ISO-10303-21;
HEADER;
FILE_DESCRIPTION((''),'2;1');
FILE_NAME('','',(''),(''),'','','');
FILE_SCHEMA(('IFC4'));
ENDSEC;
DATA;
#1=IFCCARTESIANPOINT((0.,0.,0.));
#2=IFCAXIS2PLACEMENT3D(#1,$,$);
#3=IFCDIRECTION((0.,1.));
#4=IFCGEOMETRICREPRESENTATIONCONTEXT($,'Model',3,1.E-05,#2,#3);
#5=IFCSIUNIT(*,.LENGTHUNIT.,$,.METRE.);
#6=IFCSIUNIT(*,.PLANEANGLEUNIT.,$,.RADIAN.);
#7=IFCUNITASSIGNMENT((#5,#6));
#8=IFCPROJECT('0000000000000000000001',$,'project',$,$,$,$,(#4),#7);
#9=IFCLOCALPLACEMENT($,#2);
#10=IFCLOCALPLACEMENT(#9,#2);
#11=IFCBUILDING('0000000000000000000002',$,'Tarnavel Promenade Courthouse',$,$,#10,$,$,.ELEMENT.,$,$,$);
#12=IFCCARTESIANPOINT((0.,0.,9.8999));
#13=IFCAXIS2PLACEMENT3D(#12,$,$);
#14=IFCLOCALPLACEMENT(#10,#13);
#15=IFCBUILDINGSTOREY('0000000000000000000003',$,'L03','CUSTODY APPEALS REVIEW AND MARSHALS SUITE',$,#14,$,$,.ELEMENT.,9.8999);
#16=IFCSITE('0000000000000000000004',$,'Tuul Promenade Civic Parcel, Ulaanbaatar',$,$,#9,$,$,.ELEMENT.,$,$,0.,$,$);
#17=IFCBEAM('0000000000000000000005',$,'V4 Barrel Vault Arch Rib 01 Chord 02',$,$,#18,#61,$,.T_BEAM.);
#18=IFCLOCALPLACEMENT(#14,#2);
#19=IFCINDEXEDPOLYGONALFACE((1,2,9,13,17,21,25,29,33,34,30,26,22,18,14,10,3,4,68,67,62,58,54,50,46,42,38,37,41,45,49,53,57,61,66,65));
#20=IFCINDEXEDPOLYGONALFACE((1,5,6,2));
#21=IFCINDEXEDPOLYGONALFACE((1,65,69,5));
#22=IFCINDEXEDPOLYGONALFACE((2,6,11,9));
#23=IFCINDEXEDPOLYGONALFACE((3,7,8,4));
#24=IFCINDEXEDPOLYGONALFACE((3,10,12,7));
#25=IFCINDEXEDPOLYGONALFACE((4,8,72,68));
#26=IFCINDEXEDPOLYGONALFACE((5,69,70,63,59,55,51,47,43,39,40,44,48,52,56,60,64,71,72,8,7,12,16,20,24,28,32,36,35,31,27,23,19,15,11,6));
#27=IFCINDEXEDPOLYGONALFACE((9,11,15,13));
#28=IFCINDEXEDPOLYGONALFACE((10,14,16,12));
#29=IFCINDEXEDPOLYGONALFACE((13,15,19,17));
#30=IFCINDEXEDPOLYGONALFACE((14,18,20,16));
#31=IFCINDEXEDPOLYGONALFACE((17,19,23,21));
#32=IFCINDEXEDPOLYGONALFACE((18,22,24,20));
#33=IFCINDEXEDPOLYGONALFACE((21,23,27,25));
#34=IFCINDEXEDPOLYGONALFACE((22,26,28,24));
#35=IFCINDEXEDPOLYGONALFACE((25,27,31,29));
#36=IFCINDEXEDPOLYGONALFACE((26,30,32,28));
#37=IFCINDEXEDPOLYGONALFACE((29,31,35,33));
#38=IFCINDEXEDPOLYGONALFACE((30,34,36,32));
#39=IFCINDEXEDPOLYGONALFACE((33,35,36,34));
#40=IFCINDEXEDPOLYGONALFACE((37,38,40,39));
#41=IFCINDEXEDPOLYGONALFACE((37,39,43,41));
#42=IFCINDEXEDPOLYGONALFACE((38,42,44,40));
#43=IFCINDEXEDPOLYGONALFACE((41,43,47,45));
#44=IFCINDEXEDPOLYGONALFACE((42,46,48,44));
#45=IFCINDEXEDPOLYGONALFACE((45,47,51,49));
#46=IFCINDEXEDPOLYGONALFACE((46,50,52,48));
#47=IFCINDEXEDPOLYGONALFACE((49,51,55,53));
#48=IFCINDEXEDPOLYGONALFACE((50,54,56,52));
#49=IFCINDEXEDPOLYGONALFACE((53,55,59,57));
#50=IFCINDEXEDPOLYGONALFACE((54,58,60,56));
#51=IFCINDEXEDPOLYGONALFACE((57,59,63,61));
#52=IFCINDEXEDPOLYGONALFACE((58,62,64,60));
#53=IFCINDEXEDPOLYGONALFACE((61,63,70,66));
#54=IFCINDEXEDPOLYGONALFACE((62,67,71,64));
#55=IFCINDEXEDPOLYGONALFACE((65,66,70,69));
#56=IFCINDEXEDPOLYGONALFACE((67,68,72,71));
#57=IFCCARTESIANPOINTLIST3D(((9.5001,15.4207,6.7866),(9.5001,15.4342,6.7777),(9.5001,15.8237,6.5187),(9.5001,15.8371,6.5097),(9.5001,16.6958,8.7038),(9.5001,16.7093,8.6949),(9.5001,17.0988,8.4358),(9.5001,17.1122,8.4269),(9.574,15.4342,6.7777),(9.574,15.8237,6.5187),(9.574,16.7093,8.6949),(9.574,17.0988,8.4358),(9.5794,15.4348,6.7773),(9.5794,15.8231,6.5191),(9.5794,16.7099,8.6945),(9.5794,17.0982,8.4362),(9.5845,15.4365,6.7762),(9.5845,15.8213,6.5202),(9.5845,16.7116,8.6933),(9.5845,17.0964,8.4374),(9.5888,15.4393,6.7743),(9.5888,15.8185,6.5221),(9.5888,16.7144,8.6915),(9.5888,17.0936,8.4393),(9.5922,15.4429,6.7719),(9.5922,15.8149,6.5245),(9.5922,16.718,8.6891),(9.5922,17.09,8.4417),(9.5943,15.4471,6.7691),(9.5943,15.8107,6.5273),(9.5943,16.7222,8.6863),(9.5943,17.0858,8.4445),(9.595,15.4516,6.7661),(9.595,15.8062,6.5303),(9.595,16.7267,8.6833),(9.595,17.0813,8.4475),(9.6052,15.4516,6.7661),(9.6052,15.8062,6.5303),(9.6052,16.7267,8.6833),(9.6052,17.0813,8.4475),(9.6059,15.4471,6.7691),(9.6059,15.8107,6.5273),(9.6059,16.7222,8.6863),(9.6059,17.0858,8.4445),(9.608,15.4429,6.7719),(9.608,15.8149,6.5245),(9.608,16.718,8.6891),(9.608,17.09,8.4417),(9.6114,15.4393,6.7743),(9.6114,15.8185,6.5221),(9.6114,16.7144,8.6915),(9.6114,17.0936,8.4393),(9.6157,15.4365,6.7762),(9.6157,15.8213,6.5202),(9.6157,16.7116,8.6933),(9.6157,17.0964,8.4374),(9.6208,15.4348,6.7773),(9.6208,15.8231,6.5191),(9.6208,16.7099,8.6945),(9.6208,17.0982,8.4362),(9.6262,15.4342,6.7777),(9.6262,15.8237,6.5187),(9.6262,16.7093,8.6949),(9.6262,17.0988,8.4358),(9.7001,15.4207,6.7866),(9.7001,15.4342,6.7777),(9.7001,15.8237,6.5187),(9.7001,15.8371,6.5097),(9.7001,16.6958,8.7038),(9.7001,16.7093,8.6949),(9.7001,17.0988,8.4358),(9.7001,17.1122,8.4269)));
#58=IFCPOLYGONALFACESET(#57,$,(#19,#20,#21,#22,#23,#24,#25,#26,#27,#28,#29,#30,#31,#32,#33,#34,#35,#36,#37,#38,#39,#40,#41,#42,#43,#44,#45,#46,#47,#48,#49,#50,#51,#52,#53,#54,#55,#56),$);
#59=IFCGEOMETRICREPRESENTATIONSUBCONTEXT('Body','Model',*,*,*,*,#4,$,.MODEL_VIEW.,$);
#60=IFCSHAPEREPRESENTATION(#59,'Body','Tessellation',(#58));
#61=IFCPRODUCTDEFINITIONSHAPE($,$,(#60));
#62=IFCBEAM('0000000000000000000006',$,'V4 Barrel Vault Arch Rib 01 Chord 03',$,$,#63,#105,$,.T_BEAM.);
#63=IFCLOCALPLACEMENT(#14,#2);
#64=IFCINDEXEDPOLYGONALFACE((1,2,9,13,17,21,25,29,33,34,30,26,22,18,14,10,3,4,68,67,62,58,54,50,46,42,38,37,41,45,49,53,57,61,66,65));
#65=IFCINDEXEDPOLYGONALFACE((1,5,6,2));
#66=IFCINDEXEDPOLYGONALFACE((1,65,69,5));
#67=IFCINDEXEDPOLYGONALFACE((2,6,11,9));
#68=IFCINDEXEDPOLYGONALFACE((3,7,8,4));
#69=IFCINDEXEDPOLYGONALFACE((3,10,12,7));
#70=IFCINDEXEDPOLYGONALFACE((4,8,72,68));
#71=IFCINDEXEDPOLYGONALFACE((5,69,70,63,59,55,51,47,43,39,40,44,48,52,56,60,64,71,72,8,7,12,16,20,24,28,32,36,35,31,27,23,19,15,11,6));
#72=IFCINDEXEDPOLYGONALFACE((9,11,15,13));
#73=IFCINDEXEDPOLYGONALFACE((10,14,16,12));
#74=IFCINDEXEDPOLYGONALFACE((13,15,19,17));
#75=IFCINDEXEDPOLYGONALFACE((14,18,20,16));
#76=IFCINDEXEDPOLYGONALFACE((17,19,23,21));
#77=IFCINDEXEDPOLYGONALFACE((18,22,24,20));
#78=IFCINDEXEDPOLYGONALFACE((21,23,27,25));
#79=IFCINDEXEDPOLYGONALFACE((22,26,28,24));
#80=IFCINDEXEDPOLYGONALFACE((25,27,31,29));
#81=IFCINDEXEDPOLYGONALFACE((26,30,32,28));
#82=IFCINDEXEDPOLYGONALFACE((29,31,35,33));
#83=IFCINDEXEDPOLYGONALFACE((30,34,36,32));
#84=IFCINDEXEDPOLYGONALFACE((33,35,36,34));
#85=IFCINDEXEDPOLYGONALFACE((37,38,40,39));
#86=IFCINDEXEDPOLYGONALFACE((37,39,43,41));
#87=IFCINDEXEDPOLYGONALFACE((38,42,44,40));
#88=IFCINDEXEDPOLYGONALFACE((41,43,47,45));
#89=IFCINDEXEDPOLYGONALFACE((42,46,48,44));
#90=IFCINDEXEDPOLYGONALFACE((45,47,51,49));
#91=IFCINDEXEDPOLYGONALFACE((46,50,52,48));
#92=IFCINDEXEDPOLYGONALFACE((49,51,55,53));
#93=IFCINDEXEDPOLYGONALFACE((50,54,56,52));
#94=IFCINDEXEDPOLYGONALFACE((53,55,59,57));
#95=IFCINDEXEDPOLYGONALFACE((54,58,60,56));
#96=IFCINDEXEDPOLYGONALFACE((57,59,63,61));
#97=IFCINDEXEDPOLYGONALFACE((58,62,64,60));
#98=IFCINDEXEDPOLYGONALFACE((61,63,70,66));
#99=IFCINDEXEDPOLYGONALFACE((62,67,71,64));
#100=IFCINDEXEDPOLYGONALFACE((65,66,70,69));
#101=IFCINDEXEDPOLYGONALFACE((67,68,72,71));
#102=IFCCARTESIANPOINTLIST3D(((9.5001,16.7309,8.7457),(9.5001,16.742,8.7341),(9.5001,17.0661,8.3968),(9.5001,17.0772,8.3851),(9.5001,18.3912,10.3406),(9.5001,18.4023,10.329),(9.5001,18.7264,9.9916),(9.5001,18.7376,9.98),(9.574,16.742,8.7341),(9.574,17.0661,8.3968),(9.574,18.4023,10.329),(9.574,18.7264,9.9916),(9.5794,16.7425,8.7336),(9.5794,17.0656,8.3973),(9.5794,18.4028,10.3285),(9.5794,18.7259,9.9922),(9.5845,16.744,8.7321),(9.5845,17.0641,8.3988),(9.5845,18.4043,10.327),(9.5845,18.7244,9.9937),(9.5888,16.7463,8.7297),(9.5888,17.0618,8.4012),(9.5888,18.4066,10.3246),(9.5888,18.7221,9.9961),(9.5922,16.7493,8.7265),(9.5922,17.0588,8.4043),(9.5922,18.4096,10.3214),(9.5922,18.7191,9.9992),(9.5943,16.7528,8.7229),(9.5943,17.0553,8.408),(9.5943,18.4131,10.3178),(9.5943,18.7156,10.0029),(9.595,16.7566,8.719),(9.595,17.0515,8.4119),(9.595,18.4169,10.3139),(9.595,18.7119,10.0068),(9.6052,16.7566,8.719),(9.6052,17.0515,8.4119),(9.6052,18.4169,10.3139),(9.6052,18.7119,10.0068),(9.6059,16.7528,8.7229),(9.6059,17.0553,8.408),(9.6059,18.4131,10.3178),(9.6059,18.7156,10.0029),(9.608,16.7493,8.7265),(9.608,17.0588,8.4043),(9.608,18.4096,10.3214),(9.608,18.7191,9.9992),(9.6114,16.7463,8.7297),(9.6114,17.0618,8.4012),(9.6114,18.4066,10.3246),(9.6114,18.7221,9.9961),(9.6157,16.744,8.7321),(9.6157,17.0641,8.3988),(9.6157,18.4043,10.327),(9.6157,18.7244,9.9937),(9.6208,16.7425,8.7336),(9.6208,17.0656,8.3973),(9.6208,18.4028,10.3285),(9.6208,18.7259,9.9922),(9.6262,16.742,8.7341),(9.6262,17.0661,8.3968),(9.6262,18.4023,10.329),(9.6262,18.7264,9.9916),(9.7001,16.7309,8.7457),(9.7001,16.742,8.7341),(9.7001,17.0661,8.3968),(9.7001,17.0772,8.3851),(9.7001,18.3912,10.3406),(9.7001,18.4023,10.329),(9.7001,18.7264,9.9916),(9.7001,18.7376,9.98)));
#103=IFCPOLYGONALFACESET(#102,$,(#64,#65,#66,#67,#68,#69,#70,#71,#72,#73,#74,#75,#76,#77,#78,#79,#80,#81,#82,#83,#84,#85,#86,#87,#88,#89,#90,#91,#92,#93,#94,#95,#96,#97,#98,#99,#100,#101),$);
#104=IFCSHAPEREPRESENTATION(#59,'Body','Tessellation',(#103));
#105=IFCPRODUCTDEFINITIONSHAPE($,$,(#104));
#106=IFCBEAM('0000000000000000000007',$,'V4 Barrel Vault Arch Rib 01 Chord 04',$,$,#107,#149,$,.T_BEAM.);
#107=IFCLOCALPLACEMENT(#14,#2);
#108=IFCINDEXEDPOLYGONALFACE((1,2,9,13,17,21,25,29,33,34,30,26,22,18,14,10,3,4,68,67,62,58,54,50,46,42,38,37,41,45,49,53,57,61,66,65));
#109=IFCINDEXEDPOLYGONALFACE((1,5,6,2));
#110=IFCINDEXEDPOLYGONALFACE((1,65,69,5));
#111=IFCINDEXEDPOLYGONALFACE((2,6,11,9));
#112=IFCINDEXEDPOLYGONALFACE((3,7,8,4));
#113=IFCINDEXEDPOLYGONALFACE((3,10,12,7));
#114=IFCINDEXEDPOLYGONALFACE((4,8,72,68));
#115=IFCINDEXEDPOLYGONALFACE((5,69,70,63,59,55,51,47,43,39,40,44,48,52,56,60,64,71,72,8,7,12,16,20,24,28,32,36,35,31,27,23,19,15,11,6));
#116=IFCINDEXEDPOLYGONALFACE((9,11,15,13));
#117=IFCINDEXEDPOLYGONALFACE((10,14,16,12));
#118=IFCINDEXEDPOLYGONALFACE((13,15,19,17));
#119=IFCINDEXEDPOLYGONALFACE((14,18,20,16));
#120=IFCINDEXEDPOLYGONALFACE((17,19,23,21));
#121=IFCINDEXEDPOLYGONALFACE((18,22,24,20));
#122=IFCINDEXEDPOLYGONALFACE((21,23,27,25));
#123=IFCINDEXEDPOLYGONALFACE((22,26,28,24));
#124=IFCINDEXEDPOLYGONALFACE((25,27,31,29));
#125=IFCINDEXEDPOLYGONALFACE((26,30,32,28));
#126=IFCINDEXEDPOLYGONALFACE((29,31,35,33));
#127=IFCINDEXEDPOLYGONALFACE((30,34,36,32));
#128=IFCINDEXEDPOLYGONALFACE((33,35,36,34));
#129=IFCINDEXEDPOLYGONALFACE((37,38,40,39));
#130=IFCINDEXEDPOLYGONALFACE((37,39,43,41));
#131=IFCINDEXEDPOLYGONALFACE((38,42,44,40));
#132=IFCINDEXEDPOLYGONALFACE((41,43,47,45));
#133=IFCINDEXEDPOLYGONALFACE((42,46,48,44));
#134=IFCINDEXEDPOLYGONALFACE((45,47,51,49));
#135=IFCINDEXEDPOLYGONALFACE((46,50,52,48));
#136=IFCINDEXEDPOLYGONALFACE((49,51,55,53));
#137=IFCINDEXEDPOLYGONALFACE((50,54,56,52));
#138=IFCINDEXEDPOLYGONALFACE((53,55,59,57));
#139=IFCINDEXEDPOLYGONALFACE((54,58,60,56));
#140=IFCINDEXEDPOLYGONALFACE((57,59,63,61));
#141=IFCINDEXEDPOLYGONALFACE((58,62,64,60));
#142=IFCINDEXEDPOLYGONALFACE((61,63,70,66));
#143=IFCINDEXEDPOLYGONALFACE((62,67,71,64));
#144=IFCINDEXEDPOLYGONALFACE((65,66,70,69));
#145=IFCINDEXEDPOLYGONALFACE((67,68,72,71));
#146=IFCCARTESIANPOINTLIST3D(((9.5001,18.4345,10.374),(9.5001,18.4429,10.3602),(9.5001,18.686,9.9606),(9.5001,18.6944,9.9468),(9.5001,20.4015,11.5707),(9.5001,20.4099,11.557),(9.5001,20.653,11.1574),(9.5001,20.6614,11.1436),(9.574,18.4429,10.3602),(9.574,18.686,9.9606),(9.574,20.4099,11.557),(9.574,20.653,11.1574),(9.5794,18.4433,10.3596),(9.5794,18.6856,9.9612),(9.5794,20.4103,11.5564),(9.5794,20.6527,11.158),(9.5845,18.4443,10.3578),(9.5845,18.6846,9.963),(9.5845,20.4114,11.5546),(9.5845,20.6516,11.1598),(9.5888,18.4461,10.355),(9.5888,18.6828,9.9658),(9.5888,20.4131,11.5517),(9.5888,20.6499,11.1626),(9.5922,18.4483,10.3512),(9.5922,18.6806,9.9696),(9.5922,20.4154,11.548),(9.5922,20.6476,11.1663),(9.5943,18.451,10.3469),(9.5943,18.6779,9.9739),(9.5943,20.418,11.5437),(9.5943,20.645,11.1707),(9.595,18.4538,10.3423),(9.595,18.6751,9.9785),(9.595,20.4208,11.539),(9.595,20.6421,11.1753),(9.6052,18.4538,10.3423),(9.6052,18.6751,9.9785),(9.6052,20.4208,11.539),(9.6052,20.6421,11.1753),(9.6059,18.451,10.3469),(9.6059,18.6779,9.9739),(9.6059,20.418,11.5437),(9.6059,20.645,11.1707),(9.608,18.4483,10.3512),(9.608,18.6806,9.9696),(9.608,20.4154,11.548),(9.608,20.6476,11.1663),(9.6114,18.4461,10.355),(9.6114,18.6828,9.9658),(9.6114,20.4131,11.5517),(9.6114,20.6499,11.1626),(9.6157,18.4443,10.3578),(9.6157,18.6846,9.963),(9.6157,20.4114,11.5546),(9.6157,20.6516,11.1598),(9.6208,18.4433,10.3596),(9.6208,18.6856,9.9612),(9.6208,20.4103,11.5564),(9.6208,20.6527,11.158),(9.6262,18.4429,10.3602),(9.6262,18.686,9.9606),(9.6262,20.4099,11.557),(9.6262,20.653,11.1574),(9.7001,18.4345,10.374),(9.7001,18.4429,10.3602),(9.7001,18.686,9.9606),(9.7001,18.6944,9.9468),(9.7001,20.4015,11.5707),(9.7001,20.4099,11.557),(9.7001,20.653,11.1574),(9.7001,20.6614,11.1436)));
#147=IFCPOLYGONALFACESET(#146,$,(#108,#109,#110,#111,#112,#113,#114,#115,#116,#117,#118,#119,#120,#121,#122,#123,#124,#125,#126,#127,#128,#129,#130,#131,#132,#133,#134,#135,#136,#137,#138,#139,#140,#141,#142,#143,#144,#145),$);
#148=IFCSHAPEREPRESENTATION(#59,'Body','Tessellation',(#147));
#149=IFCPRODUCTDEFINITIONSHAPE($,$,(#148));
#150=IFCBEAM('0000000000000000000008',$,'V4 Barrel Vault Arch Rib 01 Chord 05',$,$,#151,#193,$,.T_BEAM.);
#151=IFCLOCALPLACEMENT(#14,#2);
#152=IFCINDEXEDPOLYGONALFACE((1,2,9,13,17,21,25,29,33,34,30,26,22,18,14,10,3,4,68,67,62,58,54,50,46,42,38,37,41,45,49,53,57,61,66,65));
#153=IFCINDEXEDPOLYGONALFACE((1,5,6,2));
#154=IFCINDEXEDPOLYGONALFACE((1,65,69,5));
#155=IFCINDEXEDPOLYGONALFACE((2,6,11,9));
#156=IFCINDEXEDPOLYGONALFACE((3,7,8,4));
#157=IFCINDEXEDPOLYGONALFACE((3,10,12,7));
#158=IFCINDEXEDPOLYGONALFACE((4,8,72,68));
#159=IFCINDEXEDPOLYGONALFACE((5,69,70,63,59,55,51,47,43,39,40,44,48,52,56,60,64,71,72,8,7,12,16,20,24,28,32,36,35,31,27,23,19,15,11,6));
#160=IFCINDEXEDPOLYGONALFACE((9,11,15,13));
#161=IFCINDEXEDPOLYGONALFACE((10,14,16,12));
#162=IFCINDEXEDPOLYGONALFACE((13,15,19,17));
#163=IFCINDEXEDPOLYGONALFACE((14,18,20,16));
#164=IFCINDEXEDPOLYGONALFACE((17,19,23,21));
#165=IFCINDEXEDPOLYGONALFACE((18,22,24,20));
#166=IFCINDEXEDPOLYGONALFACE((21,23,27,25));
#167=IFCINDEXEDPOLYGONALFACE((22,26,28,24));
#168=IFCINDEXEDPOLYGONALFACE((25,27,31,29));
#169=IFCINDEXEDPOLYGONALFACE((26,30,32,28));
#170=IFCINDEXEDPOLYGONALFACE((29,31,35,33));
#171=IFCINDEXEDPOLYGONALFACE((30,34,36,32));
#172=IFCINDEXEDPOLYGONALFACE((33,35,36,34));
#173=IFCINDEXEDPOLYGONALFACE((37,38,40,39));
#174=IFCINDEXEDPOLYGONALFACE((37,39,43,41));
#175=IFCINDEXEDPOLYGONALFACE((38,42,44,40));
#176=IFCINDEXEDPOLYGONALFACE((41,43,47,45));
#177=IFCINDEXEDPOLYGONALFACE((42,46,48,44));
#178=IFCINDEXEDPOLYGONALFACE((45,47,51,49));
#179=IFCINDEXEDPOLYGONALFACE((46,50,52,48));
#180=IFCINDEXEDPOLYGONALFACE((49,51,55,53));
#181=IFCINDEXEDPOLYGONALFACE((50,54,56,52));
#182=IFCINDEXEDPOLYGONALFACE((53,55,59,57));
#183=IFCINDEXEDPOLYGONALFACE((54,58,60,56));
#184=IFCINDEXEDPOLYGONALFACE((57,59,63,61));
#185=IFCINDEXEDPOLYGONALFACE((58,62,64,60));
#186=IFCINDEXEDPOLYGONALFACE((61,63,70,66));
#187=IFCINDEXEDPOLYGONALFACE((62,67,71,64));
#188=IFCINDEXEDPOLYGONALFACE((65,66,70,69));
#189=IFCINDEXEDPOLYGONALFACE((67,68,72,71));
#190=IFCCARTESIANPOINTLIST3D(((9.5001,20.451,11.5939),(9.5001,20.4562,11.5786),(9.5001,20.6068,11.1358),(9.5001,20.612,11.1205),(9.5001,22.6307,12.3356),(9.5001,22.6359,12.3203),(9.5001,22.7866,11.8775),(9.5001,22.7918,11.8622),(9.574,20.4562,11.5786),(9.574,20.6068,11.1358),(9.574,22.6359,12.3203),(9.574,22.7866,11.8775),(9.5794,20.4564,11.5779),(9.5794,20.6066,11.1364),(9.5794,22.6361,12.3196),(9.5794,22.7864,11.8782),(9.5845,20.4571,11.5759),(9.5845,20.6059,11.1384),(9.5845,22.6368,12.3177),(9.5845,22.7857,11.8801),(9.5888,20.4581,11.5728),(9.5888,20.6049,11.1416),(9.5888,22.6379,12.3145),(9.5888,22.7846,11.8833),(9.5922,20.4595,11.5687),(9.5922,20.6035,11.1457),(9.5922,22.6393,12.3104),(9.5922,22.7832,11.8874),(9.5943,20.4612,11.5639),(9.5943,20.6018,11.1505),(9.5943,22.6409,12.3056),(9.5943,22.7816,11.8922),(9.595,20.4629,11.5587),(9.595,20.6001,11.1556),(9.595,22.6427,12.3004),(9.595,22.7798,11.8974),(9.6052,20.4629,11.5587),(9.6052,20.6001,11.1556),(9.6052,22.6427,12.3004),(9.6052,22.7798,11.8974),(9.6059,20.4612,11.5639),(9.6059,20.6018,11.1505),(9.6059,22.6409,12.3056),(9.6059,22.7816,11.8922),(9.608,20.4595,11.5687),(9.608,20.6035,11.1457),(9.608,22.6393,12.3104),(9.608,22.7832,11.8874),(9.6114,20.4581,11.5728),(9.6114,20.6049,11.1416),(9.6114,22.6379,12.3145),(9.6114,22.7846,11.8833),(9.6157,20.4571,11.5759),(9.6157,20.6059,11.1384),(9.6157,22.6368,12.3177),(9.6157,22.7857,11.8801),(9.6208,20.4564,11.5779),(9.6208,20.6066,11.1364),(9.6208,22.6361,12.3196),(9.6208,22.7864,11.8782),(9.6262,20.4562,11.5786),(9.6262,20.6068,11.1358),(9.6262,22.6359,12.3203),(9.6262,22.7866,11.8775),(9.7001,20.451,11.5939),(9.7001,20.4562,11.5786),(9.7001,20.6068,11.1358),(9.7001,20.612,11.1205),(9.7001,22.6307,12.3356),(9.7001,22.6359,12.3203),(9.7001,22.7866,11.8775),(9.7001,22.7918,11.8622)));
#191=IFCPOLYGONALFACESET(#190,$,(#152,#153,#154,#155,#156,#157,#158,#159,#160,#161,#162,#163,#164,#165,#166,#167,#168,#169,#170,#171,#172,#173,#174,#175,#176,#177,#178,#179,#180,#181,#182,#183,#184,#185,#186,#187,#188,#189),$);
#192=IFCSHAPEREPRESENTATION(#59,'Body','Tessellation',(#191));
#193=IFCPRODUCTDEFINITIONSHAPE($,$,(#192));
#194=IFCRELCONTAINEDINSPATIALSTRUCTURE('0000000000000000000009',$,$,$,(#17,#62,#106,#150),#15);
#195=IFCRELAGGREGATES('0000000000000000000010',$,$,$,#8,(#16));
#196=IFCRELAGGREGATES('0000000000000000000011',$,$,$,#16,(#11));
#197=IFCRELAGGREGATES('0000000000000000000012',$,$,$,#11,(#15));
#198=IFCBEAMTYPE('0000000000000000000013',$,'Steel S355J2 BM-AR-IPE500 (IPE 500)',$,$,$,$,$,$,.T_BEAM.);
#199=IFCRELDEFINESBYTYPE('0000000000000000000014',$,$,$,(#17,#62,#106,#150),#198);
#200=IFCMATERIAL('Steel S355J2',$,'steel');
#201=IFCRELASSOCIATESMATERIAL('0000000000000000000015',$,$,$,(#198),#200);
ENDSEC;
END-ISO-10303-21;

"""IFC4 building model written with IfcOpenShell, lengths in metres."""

from ifc_helpers import new_model, si_unit, direction, frame, origin, origin_2d, place, context, subcontext, project, spatial, i_section, extrude, material, material_profile, profile_set, type_object, element, save


model = new_model("IFC4")

# Units and contexts
model_context = context("Model", 3, precision=1e-05, world=origin(), true_north=direction((0.0, 1.0)))
body_context = subcontext(model_context, "Body", "Model", "MODEL_VIEW")
ifc_project = project(units=[si_unit("LENGTHUNIT", "METRE"), si_unit("PLANEANGLEUNIT", "RADIAN")], contexts=[model_context])

# Site, building, storey
site_placement = place(None, origin())
site = spatial("IfcSite", under=ifc_project, at=site_placement, Name="Tuul Promenade Civic Parcel, Ulaanbaatar", CompositionType="ELEMENT", RefElevation=0.0)
building_placement = place(site_placement, origin())
building = spatial("IfcBuilding", under=site, at=building_placement, Name="Tarnavel Promenade Courthouse", CompositionType="ELEMENT")
storey_placement = place(building_placement, frame((0.0, 0.0, 9.8999)))
storey = spatial("IfcBuildingStorey", under=building, at=storey_placement, Name="L03", Description="CUSTODY APPEALS REVIEW AND MARSHALS SUITE", CompositionType="ELEMENT", Elevation=9.8999)

# Beams
ifc_material_1 = material(Name="Steel S355J2", Category="steel")
ifc_material_profile_1 = material_profile(ifc_material_1, i_section(OverallWidth=0.2, OverallDepth=0.5, WebThickness=0.0103, FlangeThickness=0.0161, FilletRadius=0.021, at=origin_2d()), Name="IPE 500")
ifc_profile_set_1 = profile_set([ifc_material_profile_1], Name="Steel S355J2")
beam_type = type_object("IfcBeamType", Name="Steel S355J2 BM-AR-IPE500 (IPE 500)", PredefinedType="T_BEAM", material=ifc_profile_set_1)
beam_1_placement = place(storey_placement, frame((9.6001, 15.6289, 6.6482), z_axis=(0.0, 0.553795, 0.832653), x_axis=(-1.0, 0.0, 0.0)))
element("IfcBeam", 1, at=beam_1_placement, inside=storey, type_object=beam_type, Name="V4 Barrel Vault Arch Rib 01 Chord 02", PredefinedType="T_BEAM", context=body_context, shape_type="SweptSolid", body=[
    extrude(i_section(OverallWidth=0.2, OverallDepth=0.5, WebThickness=0.0103, FlangeThickness=0.0161, FilletRadius=0.021, at=origin_2d()), origin(), (0.0, 0.0, 1.0), 2.3025),
])
beam_2_placement = place(storey_placement, frame((9.6001, 16.9041, 8.5654), z_axis=(0.0, 0.721173, 0.692755), x_axis=(-1.0, 0.0, 0.0)))
element("IfcBeam", 2, at=beam_2_placement, inside=storey, type_object=beam_type, Name="V4 Barrel Vault Arch Rib 01 Chord 03", PredefinedType="T_BEAM", context=body_context, shape_type="SweptSolid", body=[
    extrude(i_section(OverallWidth=0.2, OverallDepth=0.5, WebThickness=0.0103, FlangeThickness=0.0161, FilletRadius=0.021, at=origin_2d()), origin(), (0.0, 0.0, 1.0), 2.3022),
])
for number, where, z_axis, x_axis, name in (
    (3, (9.6001, 18.5645, 10.1604), (0.0, 0.854305, 0.519772), (-1.0, 0.0, 0.0), "V4 Barrel Vault Arch Rib 01 Chord 04"),
    (4, (9.6001, 20.5315, 11.3572), (0.0, 0.946693, 0.322138), (-1.0, 0.0, 0.0), "V4 Barrel Vault Arch Rib 01 Chord 05"),
):
    element("IfcBeam", number, at=place(storey_placement, frame(where, z_axis=z_axis, x_axis=x_axis)), inside=storey, type_object=beam_type, Name=name, PredefinedType="T_BEAM", context=body_context, shape_type="SweptSolid", body=[
        extrude(i_section(OverallWidth=0.2, OverallDepth=0.5, WebThickness=0.0103, FlangeThickness=0.0161, FilletRadius=0.021, at=origin_2d()), origin(), (0.0, 0.0, 1.0), 2.3025),
    ])

save(model, "model.ifc")
